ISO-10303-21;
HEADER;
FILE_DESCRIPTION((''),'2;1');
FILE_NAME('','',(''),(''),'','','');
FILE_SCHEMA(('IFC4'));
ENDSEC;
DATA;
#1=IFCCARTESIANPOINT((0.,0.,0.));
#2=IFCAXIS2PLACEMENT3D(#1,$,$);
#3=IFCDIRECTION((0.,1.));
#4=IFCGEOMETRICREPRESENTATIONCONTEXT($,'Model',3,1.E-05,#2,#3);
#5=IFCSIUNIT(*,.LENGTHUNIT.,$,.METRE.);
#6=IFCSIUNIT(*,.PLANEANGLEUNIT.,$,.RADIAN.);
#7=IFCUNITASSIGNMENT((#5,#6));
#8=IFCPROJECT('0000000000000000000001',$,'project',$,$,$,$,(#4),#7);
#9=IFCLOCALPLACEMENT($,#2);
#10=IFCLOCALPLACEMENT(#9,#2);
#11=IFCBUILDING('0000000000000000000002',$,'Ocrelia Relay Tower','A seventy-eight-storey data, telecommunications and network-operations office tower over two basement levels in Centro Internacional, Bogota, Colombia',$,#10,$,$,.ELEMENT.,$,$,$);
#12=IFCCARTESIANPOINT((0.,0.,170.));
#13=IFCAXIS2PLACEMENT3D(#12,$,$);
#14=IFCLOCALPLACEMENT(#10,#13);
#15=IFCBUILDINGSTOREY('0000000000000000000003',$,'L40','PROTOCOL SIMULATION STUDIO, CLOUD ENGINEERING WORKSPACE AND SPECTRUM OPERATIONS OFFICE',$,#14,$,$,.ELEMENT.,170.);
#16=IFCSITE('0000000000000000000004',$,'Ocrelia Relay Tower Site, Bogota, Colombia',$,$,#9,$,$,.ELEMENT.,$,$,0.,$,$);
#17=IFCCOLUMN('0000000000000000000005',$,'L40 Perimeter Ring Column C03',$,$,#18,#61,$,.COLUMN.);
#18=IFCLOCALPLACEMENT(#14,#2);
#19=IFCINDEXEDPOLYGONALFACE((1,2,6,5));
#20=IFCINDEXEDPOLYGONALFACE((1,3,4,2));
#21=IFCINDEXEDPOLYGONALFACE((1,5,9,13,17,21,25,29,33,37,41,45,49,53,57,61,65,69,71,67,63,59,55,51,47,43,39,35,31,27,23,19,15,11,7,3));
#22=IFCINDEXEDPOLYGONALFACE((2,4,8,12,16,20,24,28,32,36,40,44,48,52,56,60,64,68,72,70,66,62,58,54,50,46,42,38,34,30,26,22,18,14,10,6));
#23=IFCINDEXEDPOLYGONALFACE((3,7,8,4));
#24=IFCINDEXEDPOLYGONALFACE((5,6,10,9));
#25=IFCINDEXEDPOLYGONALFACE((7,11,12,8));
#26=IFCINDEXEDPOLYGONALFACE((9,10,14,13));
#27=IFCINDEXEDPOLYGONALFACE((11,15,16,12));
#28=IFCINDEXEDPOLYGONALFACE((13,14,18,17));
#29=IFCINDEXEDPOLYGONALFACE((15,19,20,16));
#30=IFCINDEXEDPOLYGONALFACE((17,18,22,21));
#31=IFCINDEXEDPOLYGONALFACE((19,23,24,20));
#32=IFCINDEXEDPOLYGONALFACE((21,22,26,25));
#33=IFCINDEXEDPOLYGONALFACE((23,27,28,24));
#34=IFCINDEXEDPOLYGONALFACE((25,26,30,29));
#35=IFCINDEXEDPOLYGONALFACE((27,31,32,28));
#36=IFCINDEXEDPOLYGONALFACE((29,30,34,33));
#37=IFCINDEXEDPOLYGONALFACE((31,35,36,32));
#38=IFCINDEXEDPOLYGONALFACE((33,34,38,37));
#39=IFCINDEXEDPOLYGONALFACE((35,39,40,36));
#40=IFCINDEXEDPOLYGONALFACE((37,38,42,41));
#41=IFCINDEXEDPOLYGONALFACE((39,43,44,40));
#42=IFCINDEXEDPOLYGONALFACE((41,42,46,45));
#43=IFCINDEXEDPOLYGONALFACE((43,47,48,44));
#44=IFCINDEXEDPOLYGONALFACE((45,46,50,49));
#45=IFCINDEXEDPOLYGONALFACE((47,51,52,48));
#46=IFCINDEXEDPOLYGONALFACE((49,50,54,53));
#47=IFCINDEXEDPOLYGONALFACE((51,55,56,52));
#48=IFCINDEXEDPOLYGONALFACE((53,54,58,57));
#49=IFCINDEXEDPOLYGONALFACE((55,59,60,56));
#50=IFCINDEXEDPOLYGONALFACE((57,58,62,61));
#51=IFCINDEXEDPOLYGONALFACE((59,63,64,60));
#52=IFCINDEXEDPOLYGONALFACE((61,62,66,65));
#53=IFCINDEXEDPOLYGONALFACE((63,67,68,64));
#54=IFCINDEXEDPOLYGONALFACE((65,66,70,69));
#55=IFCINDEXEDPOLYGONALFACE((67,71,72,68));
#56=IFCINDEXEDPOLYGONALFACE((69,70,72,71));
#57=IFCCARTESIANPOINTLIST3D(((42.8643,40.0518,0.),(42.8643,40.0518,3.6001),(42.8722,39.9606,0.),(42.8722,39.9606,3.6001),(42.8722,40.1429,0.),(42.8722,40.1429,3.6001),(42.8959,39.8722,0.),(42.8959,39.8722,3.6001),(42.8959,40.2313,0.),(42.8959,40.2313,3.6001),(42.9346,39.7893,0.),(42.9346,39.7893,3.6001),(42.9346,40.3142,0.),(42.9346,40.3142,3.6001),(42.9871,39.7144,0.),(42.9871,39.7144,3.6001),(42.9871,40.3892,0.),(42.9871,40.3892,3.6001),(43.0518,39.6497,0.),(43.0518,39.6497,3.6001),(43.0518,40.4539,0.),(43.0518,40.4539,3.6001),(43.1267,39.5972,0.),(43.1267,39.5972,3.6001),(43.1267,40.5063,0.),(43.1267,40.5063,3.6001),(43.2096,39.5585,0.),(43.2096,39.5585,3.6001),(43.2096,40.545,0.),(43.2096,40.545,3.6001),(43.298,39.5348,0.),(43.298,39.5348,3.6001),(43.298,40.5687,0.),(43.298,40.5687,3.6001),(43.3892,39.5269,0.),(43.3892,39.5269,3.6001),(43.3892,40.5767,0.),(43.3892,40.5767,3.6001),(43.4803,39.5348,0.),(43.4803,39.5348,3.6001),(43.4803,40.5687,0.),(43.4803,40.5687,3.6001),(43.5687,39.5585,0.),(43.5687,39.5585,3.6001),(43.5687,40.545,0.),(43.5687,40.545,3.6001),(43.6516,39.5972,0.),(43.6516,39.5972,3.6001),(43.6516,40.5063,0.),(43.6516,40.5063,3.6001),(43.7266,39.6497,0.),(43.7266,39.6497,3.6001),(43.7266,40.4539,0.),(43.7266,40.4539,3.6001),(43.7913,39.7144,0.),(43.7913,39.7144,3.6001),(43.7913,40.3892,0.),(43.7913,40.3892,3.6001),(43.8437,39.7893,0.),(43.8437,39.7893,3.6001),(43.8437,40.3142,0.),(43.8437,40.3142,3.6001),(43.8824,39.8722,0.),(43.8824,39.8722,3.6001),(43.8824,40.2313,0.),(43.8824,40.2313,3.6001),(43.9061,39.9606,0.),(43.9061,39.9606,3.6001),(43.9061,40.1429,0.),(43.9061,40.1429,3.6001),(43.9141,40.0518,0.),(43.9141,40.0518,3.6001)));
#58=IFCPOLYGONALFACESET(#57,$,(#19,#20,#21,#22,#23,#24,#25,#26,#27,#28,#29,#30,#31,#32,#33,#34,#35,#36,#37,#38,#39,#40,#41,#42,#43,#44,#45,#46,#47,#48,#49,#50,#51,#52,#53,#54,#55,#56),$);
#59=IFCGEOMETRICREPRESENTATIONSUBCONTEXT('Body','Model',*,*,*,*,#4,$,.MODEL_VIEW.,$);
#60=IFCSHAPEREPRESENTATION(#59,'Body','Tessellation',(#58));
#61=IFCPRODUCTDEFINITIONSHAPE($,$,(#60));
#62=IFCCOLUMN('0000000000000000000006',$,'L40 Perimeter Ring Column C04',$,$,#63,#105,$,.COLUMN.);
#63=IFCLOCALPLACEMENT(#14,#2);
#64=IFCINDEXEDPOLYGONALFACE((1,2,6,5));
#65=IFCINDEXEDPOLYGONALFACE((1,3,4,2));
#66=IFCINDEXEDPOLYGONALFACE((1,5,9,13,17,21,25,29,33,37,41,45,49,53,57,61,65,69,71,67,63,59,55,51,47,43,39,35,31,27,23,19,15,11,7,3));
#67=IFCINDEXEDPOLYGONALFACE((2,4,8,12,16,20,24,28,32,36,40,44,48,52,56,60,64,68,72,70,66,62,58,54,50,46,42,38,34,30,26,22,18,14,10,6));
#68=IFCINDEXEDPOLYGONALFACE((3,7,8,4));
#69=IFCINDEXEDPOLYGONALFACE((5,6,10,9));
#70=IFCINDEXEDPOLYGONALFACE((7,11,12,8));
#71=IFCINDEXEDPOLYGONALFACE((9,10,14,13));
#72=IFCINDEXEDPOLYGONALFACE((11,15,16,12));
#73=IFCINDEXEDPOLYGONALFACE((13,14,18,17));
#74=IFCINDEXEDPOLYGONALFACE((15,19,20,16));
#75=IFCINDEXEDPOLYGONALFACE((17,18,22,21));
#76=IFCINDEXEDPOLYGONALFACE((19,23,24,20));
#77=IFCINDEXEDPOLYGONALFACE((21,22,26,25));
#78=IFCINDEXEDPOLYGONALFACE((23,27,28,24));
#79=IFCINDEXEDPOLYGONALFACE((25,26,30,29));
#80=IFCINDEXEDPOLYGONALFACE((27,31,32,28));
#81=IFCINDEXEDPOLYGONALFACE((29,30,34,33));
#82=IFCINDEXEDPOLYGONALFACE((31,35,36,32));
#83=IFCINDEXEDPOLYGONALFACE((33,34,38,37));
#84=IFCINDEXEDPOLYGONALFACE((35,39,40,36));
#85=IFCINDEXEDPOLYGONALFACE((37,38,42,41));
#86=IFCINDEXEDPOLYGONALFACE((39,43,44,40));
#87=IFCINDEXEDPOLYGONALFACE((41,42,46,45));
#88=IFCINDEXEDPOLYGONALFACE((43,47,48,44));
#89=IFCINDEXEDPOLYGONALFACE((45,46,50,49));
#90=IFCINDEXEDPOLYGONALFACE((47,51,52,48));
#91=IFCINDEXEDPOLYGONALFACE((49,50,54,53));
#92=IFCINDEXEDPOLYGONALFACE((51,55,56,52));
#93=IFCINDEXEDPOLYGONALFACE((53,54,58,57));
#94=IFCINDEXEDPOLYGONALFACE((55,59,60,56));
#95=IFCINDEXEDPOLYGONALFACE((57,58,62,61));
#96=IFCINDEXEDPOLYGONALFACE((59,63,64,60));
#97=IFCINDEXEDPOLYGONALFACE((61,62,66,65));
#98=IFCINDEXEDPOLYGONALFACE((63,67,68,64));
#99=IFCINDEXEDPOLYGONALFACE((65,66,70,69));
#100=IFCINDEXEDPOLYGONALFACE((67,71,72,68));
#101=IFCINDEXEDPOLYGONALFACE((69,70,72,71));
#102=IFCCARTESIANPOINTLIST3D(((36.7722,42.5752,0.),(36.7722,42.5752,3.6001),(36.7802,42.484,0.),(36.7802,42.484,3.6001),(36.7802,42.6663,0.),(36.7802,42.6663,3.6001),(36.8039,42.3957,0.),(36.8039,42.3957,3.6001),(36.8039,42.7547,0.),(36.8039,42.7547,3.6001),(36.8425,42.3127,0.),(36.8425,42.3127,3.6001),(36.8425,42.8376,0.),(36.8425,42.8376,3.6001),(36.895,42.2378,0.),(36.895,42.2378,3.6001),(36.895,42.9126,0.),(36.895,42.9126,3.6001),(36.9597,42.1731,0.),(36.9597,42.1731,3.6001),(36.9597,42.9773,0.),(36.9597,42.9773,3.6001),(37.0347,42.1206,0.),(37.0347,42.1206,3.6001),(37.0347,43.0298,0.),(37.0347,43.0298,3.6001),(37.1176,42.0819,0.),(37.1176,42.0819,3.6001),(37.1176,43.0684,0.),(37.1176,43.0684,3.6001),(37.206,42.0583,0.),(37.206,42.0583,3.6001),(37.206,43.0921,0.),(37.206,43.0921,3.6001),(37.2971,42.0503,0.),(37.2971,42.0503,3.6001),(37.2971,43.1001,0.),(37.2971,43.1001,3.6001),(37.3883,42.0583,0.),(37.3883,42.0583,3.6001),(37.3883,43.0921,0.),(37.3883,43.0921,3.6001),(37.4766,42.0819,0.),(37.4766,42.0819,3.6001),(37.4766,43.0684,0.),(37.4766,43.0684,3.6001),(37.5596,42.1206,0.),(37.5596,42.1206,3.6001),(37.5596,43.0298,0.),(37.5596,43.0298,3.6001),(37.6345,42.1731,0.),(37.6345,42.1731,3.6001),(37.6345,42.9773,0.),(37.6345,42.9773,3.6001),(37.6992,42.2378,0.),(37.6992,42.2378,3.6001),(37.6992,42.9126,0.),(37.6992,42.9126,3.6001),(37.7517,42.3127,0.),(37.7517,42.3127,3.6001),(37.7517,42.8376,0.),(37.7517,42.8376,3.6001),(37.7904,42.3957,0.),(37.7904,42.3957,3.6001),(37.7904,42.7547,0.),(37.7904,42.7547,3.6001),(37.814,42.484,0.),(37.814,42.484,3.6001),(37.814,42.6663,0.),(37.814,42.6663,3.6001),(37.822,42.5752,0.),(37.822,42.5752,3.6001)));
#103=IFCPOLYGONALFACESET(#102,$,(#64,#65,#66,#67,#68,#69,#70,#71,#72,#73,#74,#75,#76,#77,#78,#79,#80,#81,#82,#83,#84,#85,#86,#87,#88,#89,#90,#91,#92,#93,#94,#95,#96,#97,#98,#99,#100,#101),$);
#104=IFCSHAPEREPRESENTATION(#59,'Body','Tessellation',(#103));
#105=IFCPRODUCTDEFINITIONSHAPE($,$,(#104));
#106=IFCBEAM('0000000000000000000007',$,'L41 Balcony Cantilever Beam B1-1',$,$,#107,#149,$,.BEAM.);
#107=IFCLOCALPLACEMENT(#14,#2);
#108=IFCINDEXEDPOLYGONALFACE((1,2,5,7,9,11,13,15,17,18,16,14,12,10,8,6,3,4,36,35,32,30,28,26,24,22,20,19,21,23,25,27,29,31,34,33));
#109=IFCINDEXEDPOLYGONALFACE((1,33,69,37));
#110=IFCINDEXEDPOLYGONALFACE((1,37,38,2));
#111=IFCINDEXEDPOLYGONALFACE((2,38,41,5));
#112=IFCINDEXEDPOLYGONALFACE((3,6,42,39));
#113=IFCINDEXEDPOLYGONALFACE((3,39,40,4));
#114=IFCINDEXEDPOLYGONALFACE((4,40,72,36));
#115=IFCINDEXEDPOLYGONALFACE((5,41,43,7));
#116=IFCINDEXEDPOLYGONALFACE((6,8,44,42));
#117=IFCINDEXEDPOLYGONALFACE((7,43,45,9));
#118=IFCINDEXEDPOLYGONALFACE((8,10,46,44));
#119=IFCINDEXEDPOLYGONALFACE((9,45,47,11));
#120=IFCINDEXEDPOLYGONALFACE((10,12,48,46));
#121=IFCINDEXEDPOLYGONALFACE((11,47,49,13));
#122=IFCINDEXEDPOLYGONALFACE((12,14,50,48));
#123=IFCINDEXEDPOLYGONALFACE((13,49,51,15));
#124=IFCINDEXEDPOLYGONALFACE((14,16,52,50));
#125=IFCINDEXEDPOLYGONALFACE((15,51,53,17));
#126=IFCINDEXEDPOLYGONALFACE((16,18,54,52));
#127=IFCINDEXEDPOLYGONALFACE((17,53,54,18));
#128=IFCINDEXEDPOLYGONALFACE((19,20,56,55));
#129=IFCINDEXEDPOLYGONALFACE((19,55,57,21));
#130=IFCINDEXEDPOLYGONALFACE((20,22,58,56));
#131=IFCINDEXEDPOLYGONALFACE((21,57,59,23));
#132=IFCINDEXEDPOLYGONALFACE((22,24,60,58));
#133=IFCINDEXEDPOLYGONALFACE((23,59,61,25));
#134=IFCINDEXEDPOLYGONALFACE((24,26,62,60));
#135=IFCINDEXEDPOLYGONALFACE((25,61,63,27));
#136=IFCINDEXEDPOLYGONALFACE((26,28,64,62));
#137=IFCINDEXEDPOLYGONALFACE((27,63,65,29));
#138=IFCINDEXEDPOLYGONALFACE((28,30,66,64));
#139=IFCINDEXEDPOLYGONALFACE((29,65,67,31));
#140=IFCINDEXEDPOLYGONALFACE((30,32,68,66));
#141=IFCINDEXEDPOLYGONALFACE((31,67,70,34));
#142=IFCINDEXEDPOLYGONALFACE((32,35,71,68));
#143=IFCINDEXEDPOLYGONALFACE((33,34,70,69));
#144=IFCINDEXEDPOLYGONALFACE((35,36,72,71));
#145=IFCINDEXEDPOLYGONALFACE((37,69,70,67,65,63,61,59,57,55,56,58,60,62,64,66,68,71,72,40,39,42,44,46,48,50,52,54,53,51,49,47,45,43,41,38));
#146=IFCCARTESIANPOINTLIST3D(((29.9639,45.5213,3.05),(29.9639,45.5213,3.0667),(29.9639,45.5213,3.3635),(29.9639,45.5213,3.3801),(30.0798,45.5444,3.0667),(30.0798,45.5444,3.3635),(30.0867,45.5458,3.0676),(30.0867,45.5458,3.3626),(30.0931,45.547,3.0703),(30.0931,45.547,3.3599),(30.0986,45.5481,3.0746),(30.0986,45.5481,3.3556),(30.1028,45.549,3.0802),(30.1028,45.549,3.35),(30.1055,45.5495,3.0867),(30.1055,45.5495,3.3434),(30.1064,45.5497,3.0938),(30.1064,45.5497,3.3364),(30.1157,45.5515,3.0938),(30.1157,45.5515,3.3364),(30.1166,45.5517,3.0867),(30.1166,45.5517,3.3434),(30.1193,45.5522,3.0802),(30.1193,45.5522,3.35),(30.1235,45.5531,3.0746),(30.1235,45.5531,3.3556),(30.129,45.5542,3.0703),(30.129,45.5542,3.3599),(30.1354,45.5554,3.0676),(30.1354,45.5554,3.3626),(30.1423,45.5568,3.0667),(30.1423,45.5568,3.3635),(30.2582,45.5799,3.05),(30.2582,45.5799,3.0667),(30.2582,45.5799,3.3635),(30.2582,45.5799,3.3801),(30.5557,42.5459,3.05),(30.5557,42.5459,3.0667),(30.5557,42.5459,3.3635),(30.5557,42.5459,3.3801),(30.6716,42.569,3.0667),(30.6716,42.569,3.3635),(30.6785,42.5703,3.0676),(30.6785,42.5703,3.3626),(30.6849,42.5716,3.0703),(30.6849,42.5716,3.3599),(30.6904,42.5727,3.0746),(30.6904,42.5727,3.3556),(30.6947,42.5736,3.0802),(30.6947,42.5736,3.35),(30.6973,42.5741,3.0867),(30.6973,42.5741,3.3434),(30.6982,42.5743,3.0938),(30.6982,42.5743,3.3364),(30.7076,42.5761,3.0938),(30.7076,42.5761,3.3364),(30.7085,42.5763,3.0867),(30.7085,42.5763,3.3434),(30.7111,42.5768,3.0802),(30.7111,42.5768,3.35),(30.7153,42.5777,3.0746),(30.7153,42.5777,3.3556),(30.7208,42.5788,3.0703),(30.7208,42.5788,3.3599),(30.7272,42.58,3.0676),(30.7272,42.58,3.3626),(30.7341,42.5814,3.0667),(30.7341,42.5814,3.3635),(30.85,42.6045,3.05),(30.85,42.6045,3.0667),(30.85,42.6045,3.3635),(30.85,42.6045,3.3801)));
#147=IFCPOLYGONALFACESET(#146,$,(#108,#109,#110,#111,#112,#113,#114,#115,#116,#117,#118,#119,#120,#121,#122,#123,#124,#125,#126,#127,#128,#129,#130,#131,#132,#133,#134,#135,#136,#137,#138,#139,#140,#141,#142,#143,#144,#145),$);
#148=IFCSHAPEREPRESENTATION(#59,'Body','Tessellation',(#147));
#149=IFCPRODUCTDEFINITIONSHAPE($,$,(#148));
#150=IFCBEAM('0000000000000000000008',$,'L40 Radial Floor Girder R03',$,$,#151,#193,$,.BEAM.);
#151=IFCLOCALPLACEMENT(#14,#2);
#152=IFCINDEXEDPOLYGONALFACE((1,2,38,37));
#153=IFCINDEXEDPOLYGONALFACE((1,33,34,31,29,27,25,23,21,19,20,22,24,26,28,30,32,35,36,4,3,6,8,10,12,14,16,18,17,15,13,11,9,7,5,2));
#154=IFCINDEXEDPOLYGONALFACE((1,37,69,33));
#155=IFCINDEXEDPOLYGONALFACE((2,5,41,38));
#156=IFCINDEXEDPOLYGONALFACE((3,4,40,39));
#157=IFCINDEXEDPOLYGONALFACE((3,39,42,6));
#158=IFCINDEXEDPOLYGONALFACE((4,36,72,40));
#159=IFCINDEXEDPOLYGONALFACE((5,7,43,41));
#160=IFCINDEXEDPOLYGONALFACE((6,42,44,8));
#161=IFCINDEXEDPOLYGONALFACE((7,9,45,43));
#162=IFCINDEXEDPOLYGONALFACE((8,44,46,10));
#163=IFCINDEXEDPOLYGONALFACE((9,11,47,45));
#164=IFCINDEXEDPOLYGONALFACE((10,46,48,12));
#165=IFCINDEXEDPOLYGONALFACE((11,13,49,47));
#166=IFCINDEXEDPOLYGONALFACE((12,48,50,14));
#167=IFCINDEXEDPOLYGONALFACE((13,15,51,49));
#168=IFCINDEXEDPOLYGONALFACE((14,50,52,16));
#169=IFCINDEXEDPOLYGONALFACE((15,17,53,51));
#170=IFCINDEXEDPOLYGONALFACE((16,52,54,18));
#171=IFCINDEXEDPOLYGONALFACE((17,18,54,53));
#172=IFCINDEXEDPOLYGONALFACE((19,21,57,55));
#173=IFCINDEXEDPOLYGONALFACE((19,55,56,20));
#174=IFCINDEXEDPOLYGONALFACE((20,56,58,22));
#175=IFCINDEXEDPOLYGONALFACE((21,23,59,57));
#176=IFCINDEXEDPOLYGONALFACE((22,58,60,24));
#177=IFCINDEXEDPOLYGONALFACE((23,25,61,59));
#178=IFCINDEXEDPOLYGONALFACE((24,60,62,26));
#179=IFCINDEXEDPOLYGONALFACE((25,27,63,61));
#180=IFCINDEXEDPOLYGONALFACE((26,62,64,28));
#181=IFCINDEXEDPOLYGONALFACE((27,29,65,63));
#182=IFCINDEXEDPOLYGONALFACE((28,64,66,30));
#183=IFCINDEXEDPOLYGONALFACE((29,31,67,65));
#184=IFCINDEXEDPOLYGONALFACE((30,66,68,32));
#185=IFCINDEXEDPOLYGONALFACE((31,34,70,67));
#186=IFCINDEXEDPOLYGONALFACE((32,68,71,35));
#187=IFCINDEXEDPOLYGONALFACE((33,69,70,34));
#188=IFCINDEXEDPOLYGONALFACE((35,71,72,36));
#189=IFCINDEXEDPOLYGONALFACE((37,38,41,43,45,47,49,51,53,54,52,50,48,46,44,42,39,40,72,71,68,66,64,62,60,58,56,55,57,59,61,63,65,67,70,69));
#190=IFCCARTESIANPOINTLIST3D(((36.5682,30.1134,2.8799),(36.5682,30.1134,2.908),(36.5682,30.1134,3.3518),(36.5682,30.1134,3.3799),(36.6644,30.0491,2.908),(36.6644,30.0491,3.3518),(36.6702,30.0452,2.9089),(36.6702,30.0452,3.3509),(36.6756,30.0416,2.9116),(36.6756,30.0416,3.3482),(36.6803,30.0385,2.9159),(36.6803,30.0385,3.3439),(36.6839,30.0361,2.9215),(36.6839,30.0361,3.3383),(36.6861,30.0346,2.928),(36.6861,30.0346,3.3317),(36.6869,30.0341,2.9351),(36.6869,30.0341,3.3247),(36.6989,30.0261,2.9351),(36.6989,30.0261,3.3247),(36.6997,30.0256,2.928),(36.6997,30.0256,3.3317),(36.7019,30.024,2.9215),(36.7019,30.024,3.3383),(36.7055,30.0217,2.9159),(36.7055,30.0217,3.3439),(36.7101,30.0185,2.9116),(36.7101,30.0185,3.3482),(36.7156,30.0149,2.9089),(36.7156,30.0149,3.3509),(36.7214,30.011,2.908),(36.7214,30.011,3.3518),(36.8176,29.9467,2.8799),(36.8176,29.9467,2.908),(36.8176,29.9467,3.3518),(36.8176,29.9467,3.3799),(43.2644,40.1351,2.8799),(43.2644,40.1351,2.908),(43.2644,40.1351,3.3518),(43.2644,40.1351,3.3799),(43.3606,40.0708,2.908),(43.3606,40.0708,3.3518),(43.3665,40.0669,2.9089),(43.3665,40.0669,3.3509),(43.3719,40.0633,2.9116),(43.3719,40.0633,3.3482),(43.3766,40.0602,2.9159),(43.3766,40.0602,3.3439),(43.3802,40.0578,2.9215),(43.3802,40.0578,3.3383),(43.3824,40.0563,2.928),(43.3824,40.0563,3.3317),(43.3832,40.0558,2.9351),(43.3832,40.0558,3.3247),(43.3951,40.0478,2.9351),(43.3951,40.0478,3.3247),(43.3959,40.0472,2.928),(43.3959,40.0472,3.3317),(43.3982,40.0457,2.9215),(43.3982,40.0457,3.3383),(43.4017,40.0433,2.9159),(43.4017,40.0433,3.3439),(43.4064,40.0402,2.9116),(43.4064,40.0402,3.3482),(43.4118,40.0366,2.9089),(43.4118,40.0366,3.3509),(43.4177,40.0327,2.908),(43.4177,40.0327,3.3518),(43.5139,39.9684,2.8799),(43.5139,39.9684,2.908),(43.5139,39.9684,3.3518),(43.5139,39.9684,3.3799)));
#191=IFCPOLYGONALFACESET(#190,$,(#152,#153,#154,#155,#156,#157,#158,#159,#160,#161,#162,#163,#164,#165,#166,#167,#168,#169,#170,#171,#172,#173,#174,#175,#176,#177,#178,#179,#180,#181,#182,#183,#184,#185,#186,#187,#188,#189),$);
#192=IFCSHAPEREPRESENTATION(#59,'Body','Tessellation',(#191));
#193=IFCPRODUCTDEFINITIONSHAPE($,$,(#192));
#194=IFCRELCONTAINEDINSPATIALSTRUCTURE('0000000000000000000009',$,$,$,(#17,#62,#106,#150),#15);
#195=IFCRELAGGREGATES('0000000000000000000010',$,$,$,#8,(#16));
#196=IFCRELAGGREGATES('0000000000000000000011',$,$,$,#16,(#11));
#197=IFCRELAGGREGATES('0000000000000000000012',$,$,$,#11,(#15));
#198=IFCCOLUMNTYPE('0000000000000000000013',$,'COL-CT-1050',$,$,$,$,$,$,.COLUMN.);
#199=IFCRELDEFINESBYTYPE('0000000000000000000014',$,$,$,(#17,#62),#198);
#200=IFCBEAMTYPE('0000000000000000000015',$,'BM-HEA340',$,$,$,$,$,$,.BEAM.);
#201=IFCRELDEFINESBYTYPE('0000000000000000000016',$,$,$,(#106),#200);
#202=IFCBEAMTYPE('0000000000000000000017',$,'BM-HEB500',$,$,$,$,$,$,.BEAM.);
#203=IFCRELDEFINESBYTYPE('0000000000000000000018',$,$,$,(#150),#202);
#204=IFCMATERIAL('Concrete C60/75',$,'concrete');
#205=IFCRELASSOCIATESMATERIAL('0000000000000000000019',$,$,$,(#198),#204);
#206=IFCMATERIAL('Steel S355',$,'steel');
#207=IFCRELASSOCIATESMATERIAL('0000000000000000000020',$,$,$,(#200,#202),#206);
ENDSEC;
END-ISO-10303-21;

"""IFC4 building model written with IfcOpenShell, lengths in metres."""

from ifc_helpers import new_model, si_unit, direction, frame, origin, origin_2d, place, context, subcontext, project, spatial, circle, i_section, extrude, material, material_profile, profile_set, type_object, element, save


model = new_model("IFC4")

# Units and contexts
model_context = context("Model", 3, precision=1e-05, world=origin(), true_north=direction((0.0, 1.0)))
body_context = subcontext(model_context, "Body", "Model", "MODEL_VIEW")
ifc_project = project(units=[si_unit("LENGTHUNIT", "METRE"), si_unit("PLANEANGLEUNIT", "RADIAN")], contexts=[model_context])

# Site, building, storey
site_placement = place(None, origin())
site = spatial("IfcSite", under=ifc_project, at=site_placement, Name="Ocrelia Relay Tower Site, Bogota, Colombia", CompositionType="ELEMENT", RefElevation=0.0)
building_placement = place(site_placement, origin())
building = spatial("IfcBuilding", under=site, at=building_placement, Name="Ocrelia Relay Tower", Description="A seventy-eight-storey data, telecommunications and network-operations office tower over two basement levels in Centro Internacional, Bogota, Colombia", CompositionType="ELEMENT")
storey_placement = place(building_placement, frame((0.0, 0.0, 170.0)))
storey = spatial("IfcBuildingStorey", under=building, at=storey_placement, Name="L40", Description="PROTOCOL SIMULATION STUDIO, CLOUD ENGINEERING WORKSPACE AND SPECTRUM OPERATIONS OFFICE", CompositionType="ELEMENT", Elevation=170.0)

# Columns
ifc_material_1 = material(Name="Concrete C60/75", Category="concrete")
ifc_material_profile_1 = material_profile(ifc_material_1, circle(Radius=0.5249, at=origin_2d()), Name="RC-CIR-1050")
ifc_profile_set_1 = profile_set([ifc_material_profile_1], Name="Concrete C60/75")
column_type = type_object("IfcColumnType", Name="COL-CT-1050", PredefinedType="COLUMN", material=ifc_profile_set_1)
for number, where, z_axis, x_axis, name in (
    (1, (43.3892, 40.0518, 0.0), (0.0, 0.0, 1.0), (1.0, 0.0, 0.0), "L40 Perimeter Ring Column C03"),
    (2, (37.2971, 42.5752, 0.0), (0.0, 0.0, 1.0), (1.0, 0.0, 0.0), "L40 Perimeter Ring Column C04"),
):
    element("IfcColumn", number, at=place(storey_placement, frame(where, z_axis=z_axis, x_axis=x_axis)), inside=storey, type_object=column_type, Name=name, PredefinedType="COLUMN", context=body_context, shape_type="SweptSolid", body=[
        extrude(circle(Radius=0.5249, at=origin_2d()), origin(), (0.0, 0.0, 1.0), 3.6001),
    ])

# Beams
ifc_material_2 = material(Name="Steel S355", Category="steel")
ifc_material_profile_2 = material_profile(ifc_material_2, i_section(OverallWidth=0.3, OverallDepth=0.3301, WebThickness=0.0095, FlangeThickness=0.0166, FilletRadius=0.0271, at=origin_2d()), Name="HEA 340")
ifc_profile_set_2 = profile_set([ifc_material_profile_2], Name="Steel S355")
beam_type_1 = type_object("IfcBeamType", Name="BM-HEA340", PredefinedType="BEAM", material=ifc_profile_set_2)
beam_1_placement = place(storey_placement, frame((30.7029, 42.5752, 3.2151), z_axis=(-0.195079, 0.980788, 0.0), x_axis=(-0.980788, -0.195079, 0.0)))
element("IfcBeam", 3, at=beam_1_placement, inside=storey, type_object=beam_type_1, Name="L41 Balcony Cantilever Beam B1-1", PredefinedType="BEAM", context=body_context, shape_type="SweptSolid", body=[
    extrude(i_section(OverallWidth=0.3, OverallDepth=0.3301, WebThickness=0.0095, FlangeThickness=0.0166, FilletRadius=0.0271, at=origin_2d()), origin(), (0.0, 0.0, 1.0), 3.0337),
])
ifc_material_profile_3 = material_profile(ifc_material_2, i_section(OverallWidth=0.3, OverallDepth=0.5, WebThickness=0.0144, FlangeThickness=0.0281, FilletRadius=0.0271, at=origin_2d()), Name="HEB 500")
ifc_profile_set_3 = profile_set([ifc_material_profile_3], Name="Steel S355")
beam_type_2 = type_object("IfcBeamType", Name="BM-HEB500", PredefinedType="BEAM", material=ifc_profile_set_3)
beam_2_placement = place(storey_placement, frame((43.3892, 40.0518, 3.1299), z_axis=(-0.555569, -0.83147, 0.0), x_axis=(0.83147, -0.555569, 0.0)))
element("IfcBeam", 4, at=beam_2_placement, inside=storey, type_object=beam_type_2, Name="L40 Radial Floor Girder R03", PredefinedType="BEAM", context=body_context, shape_type="SweptSolid", body=[
    extrude(i_section(OverallWidth=0.3, OverallDepth=0.5, WebThickness=0.0144, FlangeThickness=0.0281, FilletRadius=0.0271, at=origin_2d()), origin(), (0.0, 0.0, 1.0), 12.053),
])

save(model, "model.ifc")
